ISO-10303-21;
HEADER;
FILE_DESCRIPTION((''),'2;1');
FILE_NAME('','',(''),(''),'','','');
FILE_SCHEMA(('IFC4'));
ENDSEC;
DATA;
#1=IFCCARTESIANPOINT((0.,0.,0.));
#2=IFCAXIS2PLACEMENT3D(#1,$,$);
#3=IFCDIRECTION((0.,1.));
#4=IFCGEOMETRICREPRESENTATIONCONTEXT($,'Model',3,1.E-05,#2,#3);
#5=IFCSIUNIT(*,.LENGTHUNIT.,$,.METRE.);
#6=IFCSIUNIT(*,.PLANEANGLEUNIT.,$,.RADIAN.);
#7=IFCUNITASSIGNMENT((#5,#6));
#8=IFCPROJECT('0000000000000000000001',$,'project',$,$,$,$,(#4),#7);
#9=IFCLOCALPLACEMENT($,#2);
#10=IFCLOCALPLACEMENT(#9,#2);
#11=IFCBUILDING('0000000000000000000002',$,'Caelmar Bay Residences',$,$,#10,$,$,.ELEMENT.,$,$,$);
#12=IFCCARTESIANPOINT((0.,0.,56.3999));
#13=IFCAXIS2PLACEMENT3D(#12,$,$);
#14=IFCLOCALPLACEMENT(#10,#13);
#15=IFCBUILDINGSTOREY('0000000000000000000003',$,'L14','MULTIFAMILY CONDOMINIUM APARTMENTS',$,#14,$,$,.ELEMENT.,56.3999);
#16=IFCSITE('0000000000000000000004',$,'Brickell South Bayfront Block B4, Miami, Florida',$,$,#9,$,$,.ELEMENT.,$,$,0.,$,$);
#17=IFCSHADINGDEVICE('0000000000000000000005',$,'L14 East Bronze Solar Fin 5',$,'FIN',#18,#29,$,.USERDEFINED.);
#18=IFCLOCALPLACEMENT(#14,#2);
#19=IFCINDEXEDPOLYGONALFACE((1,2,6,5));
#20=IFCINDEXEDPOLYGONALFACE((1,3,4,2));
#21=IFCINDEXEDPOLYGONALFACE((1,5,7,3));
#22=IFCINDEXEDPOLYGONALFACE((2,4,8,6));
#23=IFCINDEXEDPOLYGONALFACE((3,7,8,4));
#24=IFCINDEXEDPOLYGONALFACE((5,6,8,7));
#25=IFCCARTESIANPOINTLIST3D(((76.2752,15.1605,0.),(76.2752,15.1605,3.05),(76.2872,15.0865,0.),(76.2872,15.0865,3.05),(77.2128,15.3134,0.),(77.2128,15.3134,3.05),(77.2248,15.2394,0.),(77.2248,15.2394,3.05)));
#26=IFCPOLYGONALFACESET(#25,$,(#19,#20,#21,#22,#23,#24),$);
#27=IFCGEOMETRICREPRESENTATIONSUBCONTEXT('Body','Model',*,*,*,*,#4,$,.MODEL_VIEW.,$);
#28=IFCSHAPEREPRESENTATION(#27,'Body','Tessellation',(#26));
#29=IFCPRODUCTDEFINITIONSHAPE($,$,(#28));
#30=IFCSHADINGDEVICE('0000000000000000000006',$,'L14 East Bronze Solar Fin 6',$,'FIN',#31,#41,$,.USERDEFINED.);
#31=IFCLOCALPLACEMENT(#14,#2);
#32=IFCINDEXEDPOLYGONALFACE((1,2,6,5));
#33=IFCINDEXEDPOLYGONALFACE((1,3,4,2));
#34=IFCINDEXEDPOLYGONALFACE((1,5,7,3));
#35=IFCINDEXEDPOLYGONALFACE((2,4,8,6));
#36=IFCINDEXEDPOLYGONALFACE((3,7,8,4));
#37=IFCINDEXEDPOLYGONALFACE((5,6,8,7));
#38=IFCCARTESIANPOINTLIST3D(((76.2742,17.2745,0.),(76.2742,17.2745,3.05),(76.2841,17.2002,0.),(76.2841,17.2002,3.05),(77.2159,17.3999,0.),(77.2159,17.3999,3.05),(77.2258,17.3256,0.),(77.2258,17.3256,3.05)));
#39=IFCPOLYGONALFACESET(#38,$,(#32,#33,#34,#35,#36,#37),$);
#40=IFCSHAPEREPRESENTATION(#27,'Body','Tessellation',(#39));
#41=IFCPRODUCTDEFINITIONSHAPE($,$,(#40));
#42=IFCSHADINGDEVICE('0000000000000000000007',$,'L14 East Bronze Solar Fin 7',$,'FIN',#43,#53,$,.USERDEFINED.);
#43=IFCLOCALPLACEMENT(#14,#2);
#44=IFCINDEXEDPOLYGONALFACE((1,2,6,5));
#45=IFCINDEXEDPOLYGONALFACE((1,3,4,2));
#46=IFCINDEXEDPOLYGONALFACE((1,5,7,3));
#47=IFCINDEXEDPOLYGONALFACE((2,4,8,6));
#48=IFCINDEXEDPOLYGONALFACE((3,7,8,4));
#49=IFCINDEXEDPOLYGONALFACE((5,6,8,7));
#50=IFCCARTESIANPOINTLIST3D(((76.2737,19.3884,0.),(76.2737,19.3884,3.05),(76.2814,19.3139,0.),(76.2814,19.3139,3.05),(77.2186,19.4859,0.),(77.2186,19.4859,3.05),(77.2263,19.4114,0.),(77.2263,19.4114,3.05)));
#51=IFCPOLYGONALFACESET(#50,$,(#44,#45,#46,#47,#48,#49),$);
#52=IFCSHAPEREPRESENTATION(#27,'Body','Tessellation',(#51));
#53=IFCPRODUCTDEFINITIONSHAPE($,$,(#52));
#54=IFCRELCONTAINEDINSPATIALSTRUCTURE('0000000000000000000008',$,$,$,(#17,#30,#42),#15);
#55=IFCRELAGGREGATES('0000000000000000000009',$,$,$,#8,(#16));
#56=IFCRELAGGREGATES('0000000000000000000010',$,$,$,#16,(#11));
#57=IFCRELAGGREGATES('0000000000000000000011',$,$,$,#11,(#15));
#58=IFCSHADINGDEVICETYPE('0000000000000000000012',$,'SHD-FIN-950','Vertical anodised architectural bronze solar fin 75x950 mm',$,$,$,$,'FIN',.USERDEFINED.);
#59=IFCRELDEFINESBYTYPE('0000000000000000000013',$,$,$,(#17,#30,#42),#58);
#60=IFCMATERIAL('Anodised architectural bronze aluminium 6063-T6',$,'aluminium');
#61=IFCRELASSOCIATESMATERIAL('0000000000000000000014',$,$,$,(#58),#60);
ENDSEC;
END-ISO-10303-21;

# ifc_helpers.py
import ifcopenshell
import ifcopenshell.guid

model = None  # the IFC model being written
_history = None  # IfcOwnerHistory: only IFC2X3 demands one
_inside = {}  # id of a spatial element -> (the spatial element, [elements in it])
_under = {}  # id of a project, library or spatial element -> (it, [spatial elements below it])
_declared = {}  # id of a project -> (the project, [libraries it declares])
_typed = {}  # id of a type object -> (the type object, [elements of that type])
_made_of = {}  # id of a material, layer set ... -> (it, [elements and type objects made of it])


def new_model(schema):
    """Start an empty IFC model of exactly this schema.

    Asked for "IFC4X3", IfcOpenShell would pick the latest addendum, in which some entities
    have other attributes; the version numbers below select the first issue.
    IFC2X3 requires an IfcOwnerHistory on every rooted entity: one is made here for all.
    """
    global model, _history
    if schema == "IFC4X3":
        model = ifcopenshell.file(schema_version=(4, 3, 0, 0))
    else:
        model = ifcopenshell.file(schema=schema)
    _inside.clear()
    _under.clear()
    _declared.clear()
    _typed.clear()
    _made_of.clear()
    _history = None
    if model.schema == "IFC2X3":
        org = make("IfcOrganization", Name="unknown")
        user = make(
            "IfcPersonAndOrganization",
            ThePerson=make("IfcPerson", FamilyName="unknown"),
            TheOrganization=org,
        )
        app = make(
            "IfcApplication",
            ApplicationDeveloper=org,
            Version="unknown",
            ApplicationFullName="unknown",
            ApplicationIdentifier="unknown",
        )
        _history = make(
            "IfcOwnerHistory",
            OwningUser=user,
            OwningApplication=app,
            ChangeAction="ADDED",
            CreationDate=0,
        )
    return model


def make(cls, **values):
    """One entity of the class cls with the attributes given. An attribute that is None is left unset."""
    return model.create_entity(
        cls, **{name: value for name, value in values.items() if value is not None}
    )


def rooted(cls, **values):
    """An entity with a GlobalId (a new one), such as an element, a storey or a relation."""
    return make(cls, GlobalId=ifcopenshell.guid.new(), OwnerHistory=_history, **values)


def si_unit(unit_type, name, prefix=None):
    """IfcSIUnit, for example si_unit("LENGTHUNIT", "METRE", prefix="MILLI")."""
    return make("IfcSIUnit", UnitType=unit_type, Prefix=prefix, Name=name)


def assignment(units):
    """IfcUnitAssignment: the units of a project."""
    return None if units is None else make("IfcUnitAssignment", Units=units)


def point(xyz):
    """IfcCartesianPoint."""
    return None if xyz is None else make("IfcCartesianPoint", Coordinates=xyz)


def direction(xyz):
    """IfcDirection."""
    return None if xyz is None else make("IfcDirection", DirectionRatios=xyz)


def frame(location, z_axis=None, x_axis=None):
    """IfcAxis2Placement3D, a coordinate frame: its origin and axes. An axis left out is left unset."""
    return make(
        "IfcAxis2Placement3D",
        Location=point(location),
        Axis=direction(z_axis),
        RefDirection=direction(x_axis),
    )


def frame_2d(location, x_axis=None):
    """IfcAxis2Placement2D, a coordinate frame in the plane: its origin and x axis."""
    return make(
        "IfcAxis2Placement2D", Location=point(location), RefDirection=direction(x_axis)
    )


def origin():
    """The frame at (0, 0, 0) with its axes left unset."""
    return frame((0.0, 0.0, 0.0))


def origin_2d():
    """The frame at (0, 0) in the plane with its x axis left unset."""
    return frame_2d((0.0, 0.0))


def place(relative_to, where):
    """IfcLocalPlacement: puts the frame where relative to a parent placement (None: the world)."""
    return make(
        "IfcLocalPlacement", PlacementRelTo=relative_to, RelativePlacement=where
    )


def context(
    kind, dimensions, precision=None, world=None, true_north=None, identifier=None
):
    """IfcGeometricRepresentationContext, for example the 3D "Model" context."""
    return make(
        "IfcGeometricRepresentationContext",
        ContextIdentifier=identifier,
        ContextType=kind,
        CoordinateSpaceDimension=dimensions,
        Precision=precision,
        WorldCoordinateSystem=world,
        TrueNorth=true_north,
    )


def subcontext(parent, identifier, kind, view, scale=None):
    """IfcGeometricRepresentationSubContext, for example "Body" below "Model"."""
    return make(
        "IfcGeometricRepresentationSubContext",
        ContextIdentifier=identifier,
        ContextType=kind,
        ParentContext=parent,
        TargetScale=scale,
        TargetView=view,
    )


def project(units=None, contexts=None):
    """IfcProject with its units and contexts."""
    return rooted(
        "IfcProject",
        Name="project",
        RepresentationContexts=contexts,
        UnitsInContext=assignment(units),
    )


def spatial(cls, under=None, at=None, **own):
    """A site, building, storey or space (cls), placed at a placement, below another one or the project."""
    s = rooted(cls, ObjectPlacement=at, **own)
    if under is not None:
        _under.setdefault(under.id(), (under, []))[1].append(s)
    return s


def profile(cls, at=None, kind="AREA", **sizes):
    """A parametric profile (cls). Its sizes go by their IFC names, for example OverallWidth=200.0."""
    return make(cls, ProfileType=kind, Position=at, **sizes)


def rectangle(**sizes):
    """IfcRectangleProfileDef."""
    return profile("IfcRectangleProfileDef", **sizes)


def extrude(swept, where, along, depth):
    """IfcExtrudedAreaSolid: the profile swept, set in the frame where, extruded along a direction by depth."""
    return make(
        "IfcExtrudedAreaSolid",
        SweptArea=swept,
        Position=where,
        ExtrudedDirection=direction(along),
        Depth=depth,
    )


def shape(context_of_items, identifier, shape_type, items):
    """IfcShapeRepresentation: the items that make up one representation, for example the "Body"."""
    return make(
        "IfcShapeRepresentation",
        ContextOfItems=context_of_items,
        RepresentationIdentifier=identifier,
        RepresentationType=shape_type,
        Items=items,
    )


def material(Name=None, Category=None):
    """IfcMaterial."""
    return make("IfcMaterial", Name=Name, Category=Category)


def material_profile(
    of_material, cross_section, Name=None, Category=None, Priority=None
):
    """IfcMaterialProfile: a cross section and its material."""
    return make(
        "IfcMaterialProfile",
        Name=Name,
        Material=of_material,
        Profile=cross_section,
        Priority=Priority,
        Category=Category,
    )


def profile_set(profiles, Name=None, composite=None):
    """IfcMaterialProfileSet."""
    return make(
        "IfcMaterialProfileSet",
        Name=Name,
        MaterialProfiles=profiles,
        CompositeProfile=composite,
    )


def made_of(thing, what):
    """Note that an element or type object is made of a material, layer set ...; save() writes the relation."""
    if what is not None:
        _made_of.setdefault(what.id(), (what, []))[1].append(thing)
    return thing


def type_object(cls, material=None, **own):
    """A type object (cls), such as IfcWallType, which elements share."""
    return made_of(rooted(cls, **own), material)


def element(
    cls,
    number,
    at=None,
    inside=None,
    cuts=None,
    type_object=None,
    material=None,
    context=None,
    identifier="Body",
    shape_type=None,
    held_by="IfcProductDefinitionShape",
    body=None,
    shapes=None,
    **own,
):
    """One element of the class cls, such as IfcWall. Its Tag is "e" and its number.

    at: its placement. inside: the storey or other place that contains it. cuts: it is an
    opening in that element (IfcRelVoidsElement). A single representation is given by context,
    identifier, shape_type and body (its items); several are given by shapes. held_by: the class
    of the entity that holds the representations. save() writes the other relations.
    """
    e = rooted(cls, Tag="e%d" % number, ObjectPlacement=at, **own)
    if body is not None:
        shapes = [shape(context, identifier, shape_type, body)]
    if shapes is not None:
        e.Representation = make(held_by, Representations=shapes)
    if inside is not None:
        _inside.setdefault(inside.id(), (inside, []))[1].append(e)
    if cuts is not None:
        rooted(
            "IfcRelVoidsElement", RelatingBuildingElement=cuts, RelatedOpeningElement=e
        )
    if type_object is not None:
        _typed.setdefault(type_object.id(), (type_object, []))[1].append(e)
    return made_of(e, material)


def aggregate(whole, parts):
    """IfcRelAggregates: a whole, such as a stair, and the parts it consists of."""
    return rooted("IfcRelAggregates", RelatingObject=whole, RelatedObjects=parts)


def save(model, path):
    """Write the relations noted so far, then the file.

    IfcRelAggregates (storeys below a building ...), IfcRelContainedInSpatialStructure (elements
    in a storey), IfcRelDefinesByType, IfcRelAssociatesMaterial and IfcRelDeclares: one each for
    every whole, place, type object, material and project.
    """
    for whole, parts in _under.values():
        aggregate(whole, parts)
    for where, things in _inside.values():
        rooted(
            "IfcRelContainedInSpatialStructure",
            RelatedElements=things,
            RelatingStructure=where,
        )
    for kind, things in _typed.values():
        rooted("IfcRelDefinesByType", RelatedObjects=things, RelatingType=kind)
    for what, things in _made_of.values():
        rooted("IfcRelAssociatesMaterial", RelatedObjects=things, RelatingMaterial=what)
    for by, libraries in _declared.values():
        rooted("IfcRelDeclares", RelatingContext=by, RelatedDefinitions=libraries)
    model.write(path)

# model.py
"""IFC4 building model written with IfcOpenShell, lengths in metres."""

from ifc_helpers import new_model, si_unit, direction, frame, origin, origin_2d, place, context, subcontext, project, spatial, rectangle, extrude, material, material_profile, profile_set, type_object, element, save


model = new_model("IFC4")

# Units and contexts
model_context = context("Model", 3, precision=1e-05, world=origin(), true_north=direction((0.0, 1.0)))
body_context = subcontext(model_context, "Body", "Model", "MODEL_VIEW")
ifc_project = project(units=[si_unit("LENGTHUNIT", "METRE"), si_unit("PLANEANGLEUNIT", "RADIAN")], contexts=[model_context])

# Site, building, storey
site_placement = place(None, origin())
site = spatial("IfcSite", under=ifc_project, at=site_placement, Name="Brickell South Bayfront Block B4, Miami, Florida", CompositionType="ELEMENT", RefElevation=0.0)
building_placement = place(site_placement, origin())
building = spatial("IfcBuilding", under=site, at=building_placement, Name="Caelmar Bay Residences", CompositionType="ELEMENT")
storey_placement = place(building_placement, frame((0.0, 0.0, 56.3999)))
storey = spatial("IfcBuildingStorey", under=building, at=storey_placement, Name="L14", Description="MULTIFAMILY CONDOMINIUM APARTMENTS", CompositionType="ELEMENT", Elevation=56.3999)

# Shading devices
ifc_material_1 = material(Name="Anodised architectural bronze aluminium 6063-T6", Category="aluminium")
ifc_material_profile_1 = material_profile(ifc_material_1, rectangle(XDim=0.075, YDim=0.95, at=origin_2d()), Name="BRONZE-FIN-75X950")
ifc_profile_set_1 = profile_set([ifc_material_profile_1], Name="Anodised architectural bronze aluminium 6063-T6")
shading_device_type = type_object("IfcShadingDeviceType", Name="SHD-FIN-950", Description="Vertical anodised architectural bronze solar fin 75x950 mm", ElementType="FIN", PredefinedType="USERDEFINED", material=ifc_profile_set_1)
for number, where, z_axis, x_axis, name in (
    (1, (76.75, 15.2, 0.0), (0.0, 0.0, 1.0), (-0.160915, 0.986968, 0.0), "L14 East Bronze Solar Fin 5"),
    (2, (76.75, 17.3, 0.0), (0.0, 0.0, 1.0), (-0.13191, 0.991262, 0.0), "L14 East Bronze Solar Fin 6"),
    (3, (76.75, 19.3999, 0.0), (0.0, 0.0, 1.0), (-0.102619, 0.994721, 0.0), "L14 East Bronze Solar Fin 7"),
):
    element("IfcShadingDevice", number, at=place(storey_placement, frame(where, z_axis=z_axis, x_axis=x_axis)), inside=storey, type_object=shading_device_type, Name=name, ObjectType="FIN", PredefinedType="USERDEFINED", context=body_context, shape_type="SweptSolid", body=[
        extrude(rectangle(XDim=0.075, YDim=0.95, at=origin_2d()), origin(), (0.0, 0.0, 1.0), 3.05),
    ])

save(model, "model.ifc")
